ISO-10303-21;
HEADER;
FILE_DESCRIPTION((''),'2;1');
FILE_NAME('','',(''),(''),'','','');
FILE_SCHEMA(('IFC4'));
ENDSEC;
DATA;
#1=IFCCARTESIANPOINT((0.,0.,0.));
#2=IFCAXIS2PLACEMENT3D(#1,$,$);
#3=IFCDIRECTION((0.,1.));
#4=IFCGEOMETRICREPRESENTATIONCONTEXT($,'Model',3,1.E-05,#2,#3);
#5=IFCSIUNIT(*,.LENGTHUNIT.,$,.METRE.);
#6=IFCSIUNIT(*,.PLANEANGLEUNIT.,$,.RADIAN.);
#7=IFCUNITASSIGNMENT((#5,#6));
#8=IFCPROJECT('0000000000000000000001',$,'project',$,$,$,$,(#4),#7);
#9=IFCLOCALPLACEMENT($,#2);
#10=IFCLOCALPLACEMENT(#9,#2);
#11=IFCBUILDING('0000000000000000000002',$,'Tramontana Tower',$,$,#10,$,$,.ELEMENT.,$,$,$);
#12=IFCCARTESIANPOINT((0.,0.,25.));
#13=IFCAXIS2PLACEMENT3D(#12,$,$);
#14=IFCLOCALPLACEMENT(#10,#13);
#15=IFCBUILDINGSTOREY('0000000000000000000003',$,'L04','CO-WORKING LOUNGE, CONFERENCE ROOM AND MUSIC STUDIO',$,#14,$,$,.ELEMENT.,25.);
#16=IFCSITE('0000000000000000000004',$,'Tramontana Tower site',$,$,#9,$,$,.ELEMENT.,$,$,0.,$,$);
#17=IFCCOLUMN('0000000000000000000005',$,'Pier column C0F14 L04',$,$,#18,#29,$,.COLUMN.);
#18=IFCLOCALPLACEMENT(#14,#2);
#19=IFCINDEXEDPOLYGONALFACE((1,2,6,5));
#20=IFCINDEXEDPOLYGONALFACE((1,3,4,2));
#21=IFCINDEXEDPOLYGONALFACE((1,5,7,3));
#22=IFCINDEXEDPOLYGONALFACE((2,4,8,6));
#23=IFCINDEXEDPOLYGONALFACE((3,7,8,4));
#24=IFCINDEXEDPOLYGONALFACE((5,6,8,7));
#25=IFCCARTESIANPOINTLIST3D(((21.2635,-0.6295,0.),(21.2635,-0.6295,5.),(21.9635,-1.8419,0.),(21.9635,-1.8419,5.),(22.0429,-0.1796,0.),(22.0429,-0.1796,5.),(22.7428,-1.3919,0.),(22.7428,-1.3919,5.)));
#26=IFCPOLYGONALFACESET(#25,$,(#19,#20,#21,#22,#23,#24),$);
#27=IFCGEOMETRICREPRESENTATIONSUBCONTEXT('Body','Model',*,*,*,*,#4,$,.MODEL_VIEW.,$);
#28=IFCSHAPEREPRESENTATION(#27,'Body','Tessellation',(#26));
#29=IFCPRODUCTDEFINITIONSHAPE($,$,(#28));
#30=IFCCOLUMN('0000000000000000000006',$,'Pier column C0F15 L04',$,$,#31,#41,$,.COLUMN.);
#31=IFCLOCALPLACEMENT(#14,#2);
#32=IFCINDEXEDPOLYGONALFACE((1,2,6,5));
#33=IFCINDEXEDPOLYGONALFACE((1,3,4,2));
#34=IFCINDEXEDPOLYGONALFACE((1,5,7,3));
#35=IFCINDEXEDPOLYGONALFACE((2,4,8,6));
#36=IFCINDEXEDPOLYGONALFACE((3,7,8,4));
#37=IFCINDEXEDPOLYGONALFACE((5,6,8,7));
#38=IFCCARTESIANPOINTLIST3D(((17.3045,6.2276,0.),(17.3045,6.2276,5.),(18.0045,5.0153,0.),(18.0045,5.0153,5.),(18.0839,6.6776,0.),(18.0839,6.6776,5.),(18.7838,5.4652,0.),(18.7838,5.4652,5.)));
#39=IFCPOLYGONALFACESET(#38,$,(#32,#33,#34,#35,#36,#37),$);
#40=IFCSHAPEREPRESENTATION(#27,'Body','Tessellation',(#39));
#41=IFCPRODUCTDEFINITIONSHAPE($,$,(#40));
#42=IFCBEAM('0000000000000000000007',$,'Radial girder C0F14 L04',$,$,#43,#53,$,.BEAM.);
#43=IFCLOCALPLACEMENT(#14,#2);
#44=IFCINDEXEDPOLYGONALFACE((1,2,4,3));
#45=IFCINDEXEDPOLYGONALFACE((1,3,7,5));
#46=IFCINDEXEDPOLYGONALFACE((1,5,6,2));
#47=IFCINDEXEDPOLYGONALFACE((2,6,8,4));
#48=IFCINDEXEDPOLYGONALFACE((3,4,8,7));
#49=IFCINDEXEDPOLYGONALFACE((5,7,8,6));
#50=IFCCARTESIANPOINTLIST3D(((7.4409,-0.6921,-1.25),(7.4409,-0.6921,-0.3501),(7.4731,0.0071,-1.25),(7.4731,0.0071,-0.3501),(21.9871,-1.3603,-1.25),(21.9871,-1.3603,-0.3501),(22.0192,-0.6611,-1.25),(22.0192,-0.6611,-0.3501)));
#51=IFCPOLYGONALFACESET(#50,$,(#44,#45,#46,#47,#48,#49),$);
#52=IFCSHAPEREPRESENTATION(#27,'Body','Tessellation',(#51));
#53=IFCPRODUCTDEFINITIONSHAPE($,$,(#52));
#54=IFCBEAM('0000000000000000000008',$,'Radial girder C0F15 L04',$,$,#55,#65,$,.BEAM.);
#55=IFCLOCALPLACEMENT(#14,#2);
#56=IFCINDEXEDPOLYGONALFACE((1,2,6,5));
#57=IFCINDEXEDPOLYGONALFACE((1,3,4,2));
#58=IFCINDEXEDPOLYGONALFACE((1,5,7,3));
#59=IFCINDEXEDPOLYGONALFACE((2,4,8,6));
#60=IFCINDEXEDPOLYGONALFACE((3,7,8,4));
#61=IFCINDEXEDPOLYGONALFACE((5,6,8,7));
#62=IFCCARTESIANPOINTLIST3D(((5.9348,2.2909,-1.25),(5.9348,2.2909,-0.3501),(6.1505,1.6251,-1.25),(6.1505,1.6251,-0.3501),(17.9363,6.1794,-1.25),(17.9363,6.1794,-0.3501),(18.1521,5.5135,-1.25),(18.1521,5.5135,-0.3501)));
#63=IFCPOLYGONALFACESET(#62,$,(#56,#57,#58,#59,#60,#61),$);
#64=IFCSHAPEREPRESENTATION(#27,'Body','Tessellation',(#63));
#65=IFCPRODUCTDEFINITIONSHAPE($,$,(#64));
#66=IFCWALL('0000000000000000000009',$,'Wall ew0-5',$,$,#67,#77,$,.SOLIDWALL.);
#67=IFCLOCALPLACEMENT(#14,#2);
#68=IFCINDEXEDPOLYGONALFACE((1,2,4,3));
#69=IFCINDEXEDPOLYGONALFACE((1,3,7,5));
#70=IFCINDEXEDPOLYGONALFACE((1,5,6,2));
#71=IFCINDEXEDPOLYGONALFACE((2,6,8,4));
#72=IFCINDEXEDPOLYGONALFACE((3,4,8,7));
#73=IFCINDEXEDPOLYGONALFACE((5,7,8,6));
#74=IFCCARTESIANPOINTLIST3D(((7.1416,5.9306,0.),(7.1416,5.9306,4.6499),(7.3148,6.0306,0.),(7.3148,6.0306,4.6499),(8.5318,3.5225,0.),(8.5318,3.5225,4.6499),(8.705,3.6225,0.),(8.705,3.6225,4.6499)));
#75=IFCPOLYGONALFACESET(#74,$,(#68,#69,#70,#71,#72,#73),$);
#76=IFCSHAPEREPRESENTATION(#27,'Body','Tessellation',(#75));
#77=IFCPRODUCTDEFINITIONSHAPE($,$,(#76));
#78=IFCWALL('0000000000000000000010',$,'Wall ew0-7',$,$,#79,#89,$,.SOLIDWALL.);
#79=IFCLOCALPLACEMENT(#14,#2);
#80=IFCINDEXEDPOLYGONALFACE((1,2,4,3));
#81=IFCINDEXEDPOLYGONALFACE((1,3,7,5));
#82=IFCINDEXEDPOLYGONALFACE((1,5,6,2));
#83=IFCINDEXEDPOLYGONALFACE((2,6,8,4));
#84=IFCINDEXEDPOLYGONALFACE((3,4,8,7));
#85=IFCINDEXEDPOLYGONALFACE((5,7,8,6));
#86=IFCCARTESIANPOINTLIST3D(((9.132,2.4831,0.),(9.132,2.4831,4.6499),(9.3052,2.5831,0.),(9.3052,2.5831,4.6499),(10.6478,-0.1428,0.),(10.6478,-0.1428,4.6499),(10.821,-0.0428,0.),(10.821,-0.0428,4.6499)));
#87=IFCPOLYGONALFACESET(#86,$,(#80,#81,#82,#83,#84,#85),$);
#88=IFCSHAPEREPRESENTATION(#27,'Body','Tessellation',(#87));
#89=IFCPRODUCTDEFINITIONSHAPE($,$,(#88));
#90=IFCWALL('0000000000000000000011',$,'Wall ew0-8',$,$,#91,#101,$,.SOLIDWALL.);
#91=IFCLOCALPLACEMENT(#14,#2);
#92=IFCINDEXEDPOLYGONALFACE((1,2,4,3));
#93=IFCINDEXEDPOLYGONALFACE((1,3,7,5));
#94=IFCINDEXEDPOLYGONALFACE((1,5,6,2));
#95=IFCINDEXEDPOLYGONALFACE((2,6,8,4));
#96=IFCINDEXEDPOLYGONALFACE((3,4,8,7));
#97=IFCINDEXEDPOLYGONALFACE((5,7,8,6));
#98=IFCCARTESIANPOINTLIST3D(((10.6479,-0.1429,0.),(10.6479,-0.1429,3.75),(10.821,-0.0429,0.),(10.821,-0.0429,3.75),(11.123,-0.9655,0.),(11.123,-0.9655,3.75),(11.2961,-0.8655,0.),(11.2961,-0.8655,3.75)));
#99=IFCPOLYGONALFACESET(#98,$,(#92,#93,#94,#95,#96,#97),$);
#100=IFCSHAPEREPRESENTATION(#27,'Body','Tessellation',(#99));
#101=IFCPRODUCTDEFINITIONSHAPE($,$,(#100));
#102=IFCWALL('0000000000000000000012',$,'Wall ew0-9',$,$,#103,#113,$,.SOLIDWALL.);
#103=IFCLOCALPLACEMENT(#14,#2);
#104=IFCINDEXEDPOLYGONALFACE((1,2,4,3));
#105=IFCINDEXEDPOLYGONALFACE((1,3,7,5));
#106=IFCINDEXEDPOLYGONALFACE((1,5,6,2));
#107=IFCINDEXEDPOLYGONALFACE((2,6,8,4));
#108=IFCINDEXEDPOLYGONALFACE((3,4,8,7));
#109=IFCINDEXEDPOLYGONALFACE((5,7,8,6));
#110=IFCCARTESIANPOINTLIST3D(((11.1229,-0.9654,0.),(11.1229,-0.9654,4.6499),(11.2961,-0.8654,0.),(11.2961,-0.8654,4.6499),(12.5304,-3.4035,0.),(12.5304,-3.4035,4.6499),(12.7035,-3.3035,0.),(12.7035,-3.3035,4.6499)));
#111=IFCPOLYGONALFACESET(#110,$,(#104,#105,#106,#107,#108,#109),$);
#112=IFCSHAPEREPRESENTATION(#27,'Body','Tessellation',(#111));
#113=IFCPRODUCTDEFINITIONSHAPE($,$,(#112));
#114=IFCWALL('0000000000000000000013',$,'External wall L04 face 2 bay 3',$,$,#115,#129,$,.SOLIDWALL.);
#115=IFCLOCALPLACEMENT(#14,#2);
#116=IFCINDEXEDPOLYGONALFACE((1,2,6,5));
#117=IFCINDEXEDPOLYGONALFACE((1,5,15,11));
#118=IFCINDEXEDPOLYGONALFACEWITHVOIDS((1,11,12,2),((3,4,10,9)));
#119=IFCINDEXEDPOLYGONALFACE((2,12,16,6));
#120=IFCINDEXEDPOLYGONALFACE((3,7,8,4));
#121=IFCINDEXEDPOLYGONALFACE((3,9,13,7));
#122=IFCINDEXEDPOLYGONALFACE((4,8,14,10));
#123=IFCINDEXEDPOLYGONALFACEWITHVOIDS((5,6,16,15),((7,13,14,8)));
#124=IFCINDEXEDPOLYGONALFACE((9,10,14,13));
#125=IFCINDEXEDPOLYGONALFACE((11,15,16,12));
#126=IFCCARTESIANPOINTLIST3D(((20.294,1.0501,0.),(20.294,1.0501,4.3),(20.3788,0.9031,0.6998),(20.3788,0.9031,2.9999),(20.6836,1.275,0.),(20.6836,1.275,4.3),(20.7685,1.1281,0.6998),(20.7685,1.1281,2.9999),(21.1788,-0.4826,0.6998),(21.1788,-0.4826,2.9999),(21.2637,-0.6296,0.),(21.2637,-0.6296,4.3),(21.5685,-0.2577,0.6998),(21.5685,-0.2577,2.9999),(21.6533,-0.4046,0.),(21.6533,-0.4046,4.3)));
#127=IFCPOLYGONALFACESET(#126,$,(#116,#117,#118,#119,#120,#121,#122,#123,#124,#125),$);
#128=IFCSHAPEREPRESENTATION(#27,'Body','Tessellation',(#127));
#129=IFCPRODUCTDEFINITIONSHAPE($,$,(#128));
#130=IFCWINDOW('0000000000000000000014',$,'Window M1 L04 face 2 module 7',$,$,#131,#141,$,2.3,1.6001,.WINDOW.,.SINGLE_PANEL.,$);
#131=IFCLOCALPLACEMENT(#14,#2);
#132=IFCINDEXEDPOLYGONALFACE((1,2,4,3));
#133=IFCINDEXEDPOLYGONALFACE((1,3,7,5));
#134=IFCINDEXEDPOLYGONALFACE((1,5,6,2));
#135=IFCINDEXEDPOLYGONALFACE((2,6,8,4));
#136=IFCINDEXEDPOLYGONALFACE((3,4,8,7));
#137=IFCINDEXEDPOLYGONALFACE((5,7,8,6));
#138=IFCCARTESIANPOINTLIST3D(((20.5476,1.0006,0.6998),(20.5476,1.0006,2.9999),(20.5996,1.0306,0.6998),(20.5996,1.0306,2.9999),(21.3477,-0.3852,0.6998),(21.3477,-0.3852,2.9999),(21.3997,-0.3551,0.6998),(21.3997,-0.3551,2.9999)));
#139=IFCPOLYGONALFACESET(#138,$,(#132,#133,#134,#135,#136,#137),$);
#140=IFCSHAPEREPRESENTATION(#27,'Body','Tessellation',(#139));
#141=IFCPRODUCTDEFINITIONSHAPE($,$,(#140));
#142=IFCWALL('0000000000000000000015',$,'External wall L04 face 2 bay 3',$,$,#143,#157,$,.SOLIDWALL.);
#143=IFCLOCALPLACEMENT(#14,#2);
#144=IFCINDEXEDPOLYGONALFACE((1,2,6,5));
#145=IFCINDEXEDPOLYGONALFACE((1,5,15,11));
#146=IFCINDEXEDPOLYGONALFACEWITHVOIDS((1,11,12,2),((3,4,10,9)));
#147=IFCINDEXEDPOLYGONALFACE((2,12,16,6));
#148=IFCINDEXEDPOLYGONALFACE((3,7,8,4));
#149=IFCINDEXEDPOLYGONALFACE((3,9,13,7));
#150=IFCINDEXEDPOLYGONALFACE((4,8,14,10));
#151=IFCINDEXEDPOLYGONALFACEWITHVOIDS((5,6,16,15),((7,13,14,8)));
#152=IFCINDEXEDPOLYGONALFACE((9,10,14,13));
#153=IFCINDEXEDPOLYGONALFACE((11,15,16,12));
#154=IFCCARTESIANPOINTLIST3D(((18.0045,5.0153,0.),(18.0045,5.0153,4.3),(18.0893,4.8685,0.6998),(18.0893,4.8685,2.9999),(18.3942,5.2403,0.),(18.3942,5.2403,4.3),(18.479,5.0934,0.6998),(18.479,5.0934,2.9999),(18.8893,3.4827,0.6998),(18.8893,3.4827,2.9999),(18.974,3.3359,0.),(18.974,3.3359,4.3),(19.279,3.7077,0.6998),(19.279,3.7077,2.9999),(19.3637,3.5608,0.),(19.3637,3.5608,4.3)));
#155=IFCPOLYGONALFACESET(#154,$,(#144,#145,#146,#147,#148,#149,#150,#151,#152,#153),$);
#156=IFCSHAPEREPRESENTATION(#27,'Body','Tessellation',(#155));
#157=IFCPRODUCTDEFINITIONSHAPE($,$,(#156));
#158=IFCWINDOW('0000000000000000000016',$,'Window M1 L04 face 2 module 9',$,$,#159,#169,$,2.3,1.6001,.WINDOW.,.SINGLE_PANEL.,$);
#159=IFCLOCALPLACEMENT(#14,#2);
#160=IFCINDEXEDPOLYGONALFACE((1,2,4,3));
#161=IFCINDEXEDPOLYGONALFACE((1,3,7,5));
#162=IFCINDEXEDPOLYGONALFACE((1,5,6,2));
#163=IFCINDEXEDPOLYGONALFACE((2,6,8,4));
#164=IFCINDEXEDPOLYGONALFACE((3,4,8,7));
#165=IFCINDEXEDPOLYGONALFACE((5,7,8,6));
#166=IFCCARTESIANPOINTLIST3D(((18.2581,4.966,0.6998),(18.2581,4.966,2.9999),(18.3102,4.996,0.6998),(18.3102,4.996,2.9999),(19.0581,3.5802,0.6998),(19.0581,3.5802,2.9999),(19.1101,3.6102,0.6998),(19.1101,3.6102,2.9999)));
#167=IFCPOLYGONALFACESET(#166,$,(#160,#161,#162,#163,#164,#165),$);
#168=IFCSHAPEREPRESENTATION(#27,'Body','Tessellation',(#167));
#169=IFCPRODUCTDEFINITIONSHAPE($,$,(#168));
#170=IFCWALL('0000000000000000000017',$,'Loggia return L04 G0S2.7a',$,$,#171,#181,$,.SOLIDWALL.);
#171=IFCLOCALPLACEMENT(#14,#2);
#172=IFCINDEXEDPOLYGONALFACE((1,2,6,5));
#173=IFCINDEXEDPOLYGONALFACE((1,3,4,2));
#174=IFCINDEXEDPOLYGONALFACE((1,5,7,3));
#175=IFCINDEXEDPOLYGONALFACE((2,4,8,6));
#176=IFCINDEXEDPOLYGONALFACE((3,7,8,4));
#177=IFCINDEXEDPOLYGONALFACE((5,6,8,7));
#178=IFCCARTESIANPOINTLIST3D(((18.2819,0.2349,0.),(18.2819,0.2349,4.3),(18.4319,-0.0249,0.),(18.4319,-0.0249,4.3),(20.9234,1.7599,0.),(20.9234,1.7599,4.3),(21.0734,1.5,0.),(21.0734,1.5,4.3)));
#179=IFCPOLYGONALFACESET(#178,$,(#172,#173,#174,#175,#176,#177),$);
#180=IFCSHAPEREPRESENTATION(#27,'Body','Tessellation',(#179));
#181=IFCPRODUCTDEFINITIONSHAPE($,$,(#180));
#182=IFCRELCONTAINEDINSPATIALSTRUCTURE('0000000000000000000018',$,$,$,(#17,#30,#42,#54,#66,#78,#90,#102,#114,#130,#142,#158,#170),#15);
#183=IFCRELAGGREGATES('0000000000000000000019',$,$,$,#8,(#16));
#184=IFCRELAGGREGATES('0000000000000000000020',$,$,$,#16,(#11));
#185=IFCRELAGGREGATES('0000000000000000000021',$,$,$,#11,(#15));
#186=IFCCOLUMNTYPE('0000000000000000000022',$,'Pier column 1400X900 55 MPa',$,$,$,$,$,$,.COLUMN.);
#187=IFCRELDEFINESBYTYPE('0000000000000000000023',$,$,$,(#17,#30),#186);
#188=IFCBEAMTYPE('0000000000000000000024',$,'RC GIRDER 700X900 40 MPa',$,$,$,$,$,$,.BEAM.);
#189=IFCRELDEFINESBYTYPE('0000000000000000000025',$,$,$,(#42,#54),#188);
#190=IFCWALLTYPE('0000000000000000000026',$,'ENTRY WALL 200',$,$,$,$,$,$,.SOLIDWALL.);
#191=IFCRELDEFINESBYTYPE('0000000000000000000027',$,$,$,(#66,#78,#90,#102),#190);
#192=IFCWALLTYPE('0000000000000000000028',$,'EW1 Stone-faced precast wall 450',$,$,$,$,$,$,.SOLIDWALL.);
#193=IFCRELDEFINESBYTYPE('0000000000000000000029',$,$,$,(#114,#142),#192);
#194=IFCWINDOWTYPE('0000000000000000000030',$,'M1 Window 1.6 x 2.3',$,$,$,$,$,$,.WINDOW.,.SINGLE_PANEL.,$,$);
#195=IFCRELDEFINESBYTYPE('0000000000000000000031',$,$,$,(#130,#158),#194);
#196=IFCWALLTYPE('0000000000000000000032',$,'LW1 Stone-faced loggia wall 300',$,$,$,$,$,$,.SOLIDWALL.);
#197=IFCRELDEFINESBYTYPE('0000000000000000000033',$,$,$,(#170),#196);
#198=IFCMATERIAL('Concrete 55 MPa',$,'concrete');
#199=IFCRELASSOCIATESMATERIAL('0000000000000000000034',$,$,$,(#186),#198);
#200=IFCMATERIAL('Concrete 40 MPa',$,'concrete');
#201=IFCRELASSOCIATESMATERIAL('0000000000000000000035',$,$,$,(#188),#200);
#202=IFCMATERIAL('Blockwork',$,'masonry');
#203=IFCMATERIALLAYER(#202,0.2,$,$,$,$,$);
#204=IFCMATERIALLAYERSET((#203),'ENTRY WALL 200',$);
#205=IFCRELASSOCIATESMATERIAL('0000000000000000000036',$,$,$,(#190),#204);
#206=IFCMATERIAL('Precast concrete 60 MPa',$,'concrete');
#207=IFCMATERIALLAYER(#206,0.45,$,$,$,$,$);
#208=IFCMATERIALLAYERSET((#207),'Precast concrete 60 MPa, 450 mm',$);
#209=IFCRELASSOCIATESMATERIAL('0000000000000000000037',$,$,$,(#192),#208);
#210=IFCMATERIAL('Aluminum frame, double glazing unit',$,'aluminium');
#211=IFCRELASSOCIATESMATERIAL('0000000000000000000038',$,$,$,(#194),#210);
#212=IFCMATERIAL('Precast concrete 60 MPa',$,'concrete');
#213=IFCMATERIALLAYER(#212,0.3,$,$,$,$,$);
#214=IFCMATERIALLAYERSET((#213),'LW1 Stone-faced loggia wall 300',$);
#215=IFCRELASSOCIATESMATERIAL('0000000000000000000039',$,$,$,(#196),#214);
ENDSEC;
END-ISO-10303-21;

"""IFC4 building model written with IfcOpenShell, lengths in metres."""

from ifc_helpers import new_model, si_unit, direction, frame, frame_2d, origin, origin_2d, place, context, subcontext, project, spatial, rectangle, extrude, material, layer, layer_set, material_profile, profile_set, type_object, element, fill, save


model = new_model("IFC4")

# Units and contexts
model_context = context("Model", 3, precision=1e-05, world=origin(), true_north=direction((0.0, 1.0)))
body_context = subcontext(model_context, "Body", "Model", "MODEL_VIEW")
ifc_project = project(units=[si_unit("LENGTHUNIT", "METRE"), si_unit("PLANEANGLEUNIT", "RADIAN")], contexts=[model_context])

# Site, building, storey
site_placement = place(None, origin())
site = spatial("IfcSite", under=ifc_project, at=site_placement, Name="Tramontana Tower site", CompositionType="ELEMENT", RefElevation=0.0)
building_placement = place(site_placement, origin())
building = spatial("IfcBuilding", under=site, at=building_placement, Name="Tramontana Tower", CompositionType="ELEMENT")
storey_placement = place(building_placement, frame((0.0, 0.0, 25.0)))
storey = spatial("IfcBuildingStorey", under=building, at=storey_placement, Name="L04", Description="CO-WORKING LOUNGE, CONFERENCE ROOM AND MUSIC STUDIO", CompositionType="ELEMENT", Elevation=25.0)

# Columns
ifc_material_1 = material(Name="Concrete 55 MPa", Category="concrete")
ifc_material_profile_1 = material_profile(ifc_material_1, rectangle(XDim=1.3999, YDim=0.8999, at=origin_2d()), Name="Pier column 1400X900 55 MPa")
ifc_profile_set_1 = profile_set([ifc_material_profile_1], Name="Concrete 55 MPa")
column_type = type_object("IfcColumnType", Name="Pier column 1400X900 55 MPa", PredefinedType="COLUMN", material=ifc_profile_set_1)
for number, where, z_axis, x_axis, name in (
    (1, (22.0032, -1.0107, 0.0), (0.0, 0.0, 1.0), (-0.5, 0.866025, 0.0), "Pier column C0F14 L04"),
    (2, (18.0442, 5.8464, 0.0), (0.0, 0.0, 1.0), (-0.5, 0.866025, 0.0), "Pier column C0F15 L04"),
):
    element("IfcColumn", number, at=place(storey_placement, frame(where, z_axis=z_axis, x_axis=x_axis)), inside=storey, type_object=column_type, Name=name, PredefinedType="COLUMN", context=body_context, shape_type="SweptSolid", body=[
        extrude(rectangle(XDim=1.3999, YDim=0.8999, at=origin_2d()), origin(), (0.0, 0.0, 1.0), 5.0),
    ])

# Beams
ifc_material_2 = material(Name="Concrete 40 MPa", Category="concrete")
ifc_material_profile_2 = material_profile(ifc_material_2, rectangle(XDim=0.7, YDim=0.8999, at=origin_2d()), Name="RC GIRDER 700X900 40 MPa")
ifc_profile_set_2 = profile_set([ifc_material_profile_2], Name="Concrete 40 MPa")
beam_type = type_object("IfcBeamType", Name="RC GIRDER 700X900 40 MPa", PredefinedType="BEAM", material=ifc_profile_set_2)
beam_1_placement = place(storey_placement, frame((22.0032, -1.0107, -0.8), z_axis=(-0.998947, 0.045889, 0.0), x_axis=(-0.045889, -0.998947, 0.0)))
element("IfcBeam", 3, at=beam_1_placement, inside=storey, type_object=beam_type, Name="Radial girder C0F14 L04", PredefinedType="BEAM", context=body_context, shape_type="SweptSolid", body=[
    extrude(rectangle(XDim=0.7, YDim=0.8999, at=origin_2d()), origin(), (0.0, 0.0, 1.0), 14.5615),
])
beam_2_placement = place(storey_placement, frame((18.0442, 5.8464, -0.8), z_axis=(-0.951314, -0.308222, 0.0), x_axis=(0.308222, -0.951314, 0.0)))
element("IfcBeam", 4, at=beam_2_placement, inside=storey, type_object=beam_type, Name="Radial girder C0F15 L04", PredefinedType="BEAM", context=body_context, shape_type="SweptSolid", body=[
    extrude(rectangle(XDim=0.7, YDim=0.8999, at=origin_2d()), origin(), (0.0, 0.0, 1.0), 12.6157),
])

# Wall
ifc_material_3 = material(Name="Blockwork", Category="masonry")
ifc_layer_1 = layer(ifc_material_3, 0.2)
ifc_layer_set_1 = layer_set([ifc_layer_1], Name="ENTRY WALL 200")
wall_type_1 = type_object("IfcWallType", Name="ENTRY WALL 200", PredefinedType="SOLIDWALL", material=ifc_layer_set_1)
wall_1_placement = place(storey_placement, frame((7.2283, 5.9805, 0.0), z_axis=(0.0, 0.0, 1.0), x_axis=(0.499973, -0.866041, 0.0)))
element("IfcWall", 5, at=wall_1_placement, inside=storey, type_object=wall_type_1, Name="Wall ew0-5", PredefinedType="SOLIDWALL", context=body_context, shape_type="SweptSolid", body=[
    extrude(rectangle(XDim=2.7805, YDim=0.2, at=frame_2d((1.3901, 0.0))), origin(), (0.0, 0.0, 1.0), 4.6499),
])

# Walls
wall_2_placement = place(storey_placement, frame((9.2185, 2.5332, 0.0), z_axis=(0.0, 0.0, 1.0), x_axis=(0.499941, -0.86606, 0.0)))
element("IfcWall", 6, at=wall_2_placement, inside=storey, type_object=wall_type_1, Name="Wall ew0-7", PredefinedType="SOLIDWALL", context=body_context, shape_type="SweptSolid", body=[
    extrude(rectangle(XDim=3.032, YDim=0.2, at=frame_2d((1.5161, 0.0))), origin(), (0.0, 0.0, 1.0), 4.6499),
])
wall_3_placement = place(storey_placement, frame((10.7344, -0.0928, 0.0), z_axis=(0.0, 0.0, 1.0), x_axis=(0.500175, -0.865924, 0.0)))
element("IfcWall", 7, at=wall_3_placement, inside=storey, type_object=wall_type_1, Name="Wall ew0-8", PredefinedType="SOLIDWALL", context=body_context, shape_type="SweptSolid", body=[
    extrude(rectangle(XDim=0.95, YDim=0.2, at=frame_2d((0.4751, 0.0))), origin(), (0.0, 0.0, 1.0), 3.75),
])
wall_4_placement = place(storey_placement, frame((11.2095, -0.9153, 0.0), z_axis=(0.0, 0.0, 1.0), x_axis=(0.499935, -0.866063, 0.0)))
element("IfcWall", 8, at=wall_4_placement, inside=storey, type_object=wall_type_1, Name="Wall ew0-9", PredefinedType="SOLIDWALL", context=body_context, shape_type="SweptSolid", body=[
    extrude(rectangle(XDim=2.8152, YDim=0.2, at=frame_2d((1.4077, 0.0))), origin(), (0.0, 0.0, 1.0), 4.6499),
])

# Walls, openings, windows
ifc_material_4 = material(Name="Precast concrete 60 MPa", Category="concrete")
ifc_layer_2 = layer(ifc_material_4, 0.45)
ifc_layer_set_2 = layer_set([ifc_layer_2], Name="Precast concrete 60 MPa, 450 mm")
wall_type_2 = type_object("IfcWallType", Name="EW1 Stone-faced precast wall 450", PredefinedType="SOLIDWALL", material=ifc_layer_set_2)
wall_5_placement = place(storey_placement, frame((21.4585, -0.5171, 0.0), z_axis=(0.0, 0.0, 1.0), x_axis=(-0.499984, 0.866035, 0.0)))
wall_5 = element("IfcWall", 9, at=wall_5_placement, inside=storey, type_object=wall_type_2, Name="External wall L04 face 2 bay 3", PredefinedType="SOLIDWALL", context=body_context, shape_type="SweptSolid", body=[
    extrude(rectangle(XDim=1.9395, YDim=0.45, at=frame_2d((0.9697, 0.0))), origin(), (0.0, 0.0, 1.0), 4.3),
])
opening_1_placement = place(wall_5_placement, frame((0.1697, 0.0, 0.7)))
opening_1 = element("IfcOpeningElement", 10, at=opening_1_placement, cuts=wall_5, PredefinedType="OPENING", context=body_context, shape_type="SweptSolid", body=[
    extrude(rectangle(XDim=1.6001, YDim=2.3, at=frame_2d((0.8, 1.1499))), frame((0.0, 0.2349, 0.0), z_axis=(0.0, -1.0, 0.0), x_axis=(1.0, 0.0, 0.0)), (0.0, 0.0, 1.0), 0.47),
])
ifc_material_5 = material(Name="Aluminum frame, double glazing unit", Category="aluminium")
window_type = type_object("IfcWindowType", Name="M1 Window 1.6 x 2.3", PartitioningType="SINGLE_PANEL", PredefinedType="WINDOW", material=ifc_material_5)
window_1_placement = place(opening_1_placement, origin())
window_1 = element("IfcWindow", 11, at=window_1_placement, inside=storey, type_object=window_type, Name="Window M1 L04 face 2 module 7", OverallHeight=2.3, OverallWidth=1.6001, PartitioningType="SINGLE_PANEL", PredefinedType="WINDOW", context=body_context, shape_type="SweptSolid", body=[
    extrude(rectangle(XDim=1.6001, YDim=2.3, at=frame_2d((0.8, 1.1499))), frame((0.0, 0.03, 0.0), z_axis=(0.0, -1.0, 0.0), x_axis=(1.0, 0.0, 0.0)), (0.0, 0.0, 1.0), 0.0601),
])
fill(opening_1, window_1)
wall_6_placement = place(storey_placement, frame((19.1689, 3.4482, 0.0), z_axis=(0.0, 0.0, 1.0), x_axis=(-0.499944, 0.866058, 0.0)))
wall_6 = element("IfcWall", 12, at=wall_6_placement, inside=storey, type_object=wall_type_2, Name="External wall L04 face 2 bay 3", PredefinedType="SOLIDWALL", context=body_context, shape_type="SweptSolid", body=[
    extrude(rectangle(XDim=1.9392, YDim=0.45, at=frame_2d((0.9697, 0.0))), origin(), (0.0, 0.0, 1.0), 4.3),
])
opening_2_placement = place(wall_6_placement, frame((0.1697, 0.0, 0.7)))
opening_2 = element("IfcOpeningElement", 13, at=opening_2_placement, cuts=wall_6, PredefinedType="OPENING", context=body_context, shape_type="SweptSolid", body=[
    extrude(rectangle(XDim=1.6001, YDim=2.3, at=frame_2d((0.8, 1.1499))), frame((0.0, 0.2349, 0.0), z_axis=(0.0, -1.0, 0.0), x_axis=(1.0, 0.0, 0.0)), (0.0, 0.0, 1.0), 0.47),
])
window_2_placement = place(opening_2_placement, origin())
window_2 = element("IfcWindow", 14, at=window_2_placement, inside=storey, type_object=window_type, Name="Window M1 L04 face 2 module 9", OverallHeight=2.3, OverallWidth=1.6001, PartitioningType="SINGLE_PANEL", PredefinedType="WINDOW", context=body_context, shape_type="SweptSolid", body=[
    extrude(rectangle(XDim=1.6001, YDim=2.3, at=frame_2d((0.8, 1.1499))), frame((0.0, 0.03, 0.0), z_axis=(0.0, -1.0, 0.0), x_axis=(1.0, 0.0, 0.0)), (0.0, 0.0, 1.0), 0.0601),
])
fill(opening_2, window_2)

# Shared definitions
ifc_material_6 = material(Name="Precast concrete 60 MPa", Category="concrete")
ifc_layer_3 = layer(ifc_material_6, 0.3)
ifc_layer_set_3 = layer_set([ifc_layer_3], Name="LW1 Stone-faced loggia wall 300")
wall_type_3 = type_object("IfcWallType", Name="LW1 Stone-faced loggia wall 300", PredefinedType="SOLIDWALL", material=ifc_layer_set_3)

# Wall
for number, where, z_axis, x_axis, name in (
    (15, (20.9983, 1.6299, 0.0), (0.0, 0.0, 1.0), (-0.866038, -0.499979, 0.0), "Loggia return L04 G0S2.7a"),
):
    element("IfcWall", number, at=place(storey_placement, frame(where, z_axis=z_axis, x_axis=x_axis)), inside=storey, type_object=wall_type_3, Name=name, PredefinedType="SOLIDWALL", context=body_context, shape_type="SweptSolid", body=[
        extrude(rectangle(XDim=3.05, YDim=0.3, at=frame_2d((1.5249, 0.0))), origin(), (0.0, 0.0, 1.0), 4.3),
    ])

save(model, "model.ifc")
